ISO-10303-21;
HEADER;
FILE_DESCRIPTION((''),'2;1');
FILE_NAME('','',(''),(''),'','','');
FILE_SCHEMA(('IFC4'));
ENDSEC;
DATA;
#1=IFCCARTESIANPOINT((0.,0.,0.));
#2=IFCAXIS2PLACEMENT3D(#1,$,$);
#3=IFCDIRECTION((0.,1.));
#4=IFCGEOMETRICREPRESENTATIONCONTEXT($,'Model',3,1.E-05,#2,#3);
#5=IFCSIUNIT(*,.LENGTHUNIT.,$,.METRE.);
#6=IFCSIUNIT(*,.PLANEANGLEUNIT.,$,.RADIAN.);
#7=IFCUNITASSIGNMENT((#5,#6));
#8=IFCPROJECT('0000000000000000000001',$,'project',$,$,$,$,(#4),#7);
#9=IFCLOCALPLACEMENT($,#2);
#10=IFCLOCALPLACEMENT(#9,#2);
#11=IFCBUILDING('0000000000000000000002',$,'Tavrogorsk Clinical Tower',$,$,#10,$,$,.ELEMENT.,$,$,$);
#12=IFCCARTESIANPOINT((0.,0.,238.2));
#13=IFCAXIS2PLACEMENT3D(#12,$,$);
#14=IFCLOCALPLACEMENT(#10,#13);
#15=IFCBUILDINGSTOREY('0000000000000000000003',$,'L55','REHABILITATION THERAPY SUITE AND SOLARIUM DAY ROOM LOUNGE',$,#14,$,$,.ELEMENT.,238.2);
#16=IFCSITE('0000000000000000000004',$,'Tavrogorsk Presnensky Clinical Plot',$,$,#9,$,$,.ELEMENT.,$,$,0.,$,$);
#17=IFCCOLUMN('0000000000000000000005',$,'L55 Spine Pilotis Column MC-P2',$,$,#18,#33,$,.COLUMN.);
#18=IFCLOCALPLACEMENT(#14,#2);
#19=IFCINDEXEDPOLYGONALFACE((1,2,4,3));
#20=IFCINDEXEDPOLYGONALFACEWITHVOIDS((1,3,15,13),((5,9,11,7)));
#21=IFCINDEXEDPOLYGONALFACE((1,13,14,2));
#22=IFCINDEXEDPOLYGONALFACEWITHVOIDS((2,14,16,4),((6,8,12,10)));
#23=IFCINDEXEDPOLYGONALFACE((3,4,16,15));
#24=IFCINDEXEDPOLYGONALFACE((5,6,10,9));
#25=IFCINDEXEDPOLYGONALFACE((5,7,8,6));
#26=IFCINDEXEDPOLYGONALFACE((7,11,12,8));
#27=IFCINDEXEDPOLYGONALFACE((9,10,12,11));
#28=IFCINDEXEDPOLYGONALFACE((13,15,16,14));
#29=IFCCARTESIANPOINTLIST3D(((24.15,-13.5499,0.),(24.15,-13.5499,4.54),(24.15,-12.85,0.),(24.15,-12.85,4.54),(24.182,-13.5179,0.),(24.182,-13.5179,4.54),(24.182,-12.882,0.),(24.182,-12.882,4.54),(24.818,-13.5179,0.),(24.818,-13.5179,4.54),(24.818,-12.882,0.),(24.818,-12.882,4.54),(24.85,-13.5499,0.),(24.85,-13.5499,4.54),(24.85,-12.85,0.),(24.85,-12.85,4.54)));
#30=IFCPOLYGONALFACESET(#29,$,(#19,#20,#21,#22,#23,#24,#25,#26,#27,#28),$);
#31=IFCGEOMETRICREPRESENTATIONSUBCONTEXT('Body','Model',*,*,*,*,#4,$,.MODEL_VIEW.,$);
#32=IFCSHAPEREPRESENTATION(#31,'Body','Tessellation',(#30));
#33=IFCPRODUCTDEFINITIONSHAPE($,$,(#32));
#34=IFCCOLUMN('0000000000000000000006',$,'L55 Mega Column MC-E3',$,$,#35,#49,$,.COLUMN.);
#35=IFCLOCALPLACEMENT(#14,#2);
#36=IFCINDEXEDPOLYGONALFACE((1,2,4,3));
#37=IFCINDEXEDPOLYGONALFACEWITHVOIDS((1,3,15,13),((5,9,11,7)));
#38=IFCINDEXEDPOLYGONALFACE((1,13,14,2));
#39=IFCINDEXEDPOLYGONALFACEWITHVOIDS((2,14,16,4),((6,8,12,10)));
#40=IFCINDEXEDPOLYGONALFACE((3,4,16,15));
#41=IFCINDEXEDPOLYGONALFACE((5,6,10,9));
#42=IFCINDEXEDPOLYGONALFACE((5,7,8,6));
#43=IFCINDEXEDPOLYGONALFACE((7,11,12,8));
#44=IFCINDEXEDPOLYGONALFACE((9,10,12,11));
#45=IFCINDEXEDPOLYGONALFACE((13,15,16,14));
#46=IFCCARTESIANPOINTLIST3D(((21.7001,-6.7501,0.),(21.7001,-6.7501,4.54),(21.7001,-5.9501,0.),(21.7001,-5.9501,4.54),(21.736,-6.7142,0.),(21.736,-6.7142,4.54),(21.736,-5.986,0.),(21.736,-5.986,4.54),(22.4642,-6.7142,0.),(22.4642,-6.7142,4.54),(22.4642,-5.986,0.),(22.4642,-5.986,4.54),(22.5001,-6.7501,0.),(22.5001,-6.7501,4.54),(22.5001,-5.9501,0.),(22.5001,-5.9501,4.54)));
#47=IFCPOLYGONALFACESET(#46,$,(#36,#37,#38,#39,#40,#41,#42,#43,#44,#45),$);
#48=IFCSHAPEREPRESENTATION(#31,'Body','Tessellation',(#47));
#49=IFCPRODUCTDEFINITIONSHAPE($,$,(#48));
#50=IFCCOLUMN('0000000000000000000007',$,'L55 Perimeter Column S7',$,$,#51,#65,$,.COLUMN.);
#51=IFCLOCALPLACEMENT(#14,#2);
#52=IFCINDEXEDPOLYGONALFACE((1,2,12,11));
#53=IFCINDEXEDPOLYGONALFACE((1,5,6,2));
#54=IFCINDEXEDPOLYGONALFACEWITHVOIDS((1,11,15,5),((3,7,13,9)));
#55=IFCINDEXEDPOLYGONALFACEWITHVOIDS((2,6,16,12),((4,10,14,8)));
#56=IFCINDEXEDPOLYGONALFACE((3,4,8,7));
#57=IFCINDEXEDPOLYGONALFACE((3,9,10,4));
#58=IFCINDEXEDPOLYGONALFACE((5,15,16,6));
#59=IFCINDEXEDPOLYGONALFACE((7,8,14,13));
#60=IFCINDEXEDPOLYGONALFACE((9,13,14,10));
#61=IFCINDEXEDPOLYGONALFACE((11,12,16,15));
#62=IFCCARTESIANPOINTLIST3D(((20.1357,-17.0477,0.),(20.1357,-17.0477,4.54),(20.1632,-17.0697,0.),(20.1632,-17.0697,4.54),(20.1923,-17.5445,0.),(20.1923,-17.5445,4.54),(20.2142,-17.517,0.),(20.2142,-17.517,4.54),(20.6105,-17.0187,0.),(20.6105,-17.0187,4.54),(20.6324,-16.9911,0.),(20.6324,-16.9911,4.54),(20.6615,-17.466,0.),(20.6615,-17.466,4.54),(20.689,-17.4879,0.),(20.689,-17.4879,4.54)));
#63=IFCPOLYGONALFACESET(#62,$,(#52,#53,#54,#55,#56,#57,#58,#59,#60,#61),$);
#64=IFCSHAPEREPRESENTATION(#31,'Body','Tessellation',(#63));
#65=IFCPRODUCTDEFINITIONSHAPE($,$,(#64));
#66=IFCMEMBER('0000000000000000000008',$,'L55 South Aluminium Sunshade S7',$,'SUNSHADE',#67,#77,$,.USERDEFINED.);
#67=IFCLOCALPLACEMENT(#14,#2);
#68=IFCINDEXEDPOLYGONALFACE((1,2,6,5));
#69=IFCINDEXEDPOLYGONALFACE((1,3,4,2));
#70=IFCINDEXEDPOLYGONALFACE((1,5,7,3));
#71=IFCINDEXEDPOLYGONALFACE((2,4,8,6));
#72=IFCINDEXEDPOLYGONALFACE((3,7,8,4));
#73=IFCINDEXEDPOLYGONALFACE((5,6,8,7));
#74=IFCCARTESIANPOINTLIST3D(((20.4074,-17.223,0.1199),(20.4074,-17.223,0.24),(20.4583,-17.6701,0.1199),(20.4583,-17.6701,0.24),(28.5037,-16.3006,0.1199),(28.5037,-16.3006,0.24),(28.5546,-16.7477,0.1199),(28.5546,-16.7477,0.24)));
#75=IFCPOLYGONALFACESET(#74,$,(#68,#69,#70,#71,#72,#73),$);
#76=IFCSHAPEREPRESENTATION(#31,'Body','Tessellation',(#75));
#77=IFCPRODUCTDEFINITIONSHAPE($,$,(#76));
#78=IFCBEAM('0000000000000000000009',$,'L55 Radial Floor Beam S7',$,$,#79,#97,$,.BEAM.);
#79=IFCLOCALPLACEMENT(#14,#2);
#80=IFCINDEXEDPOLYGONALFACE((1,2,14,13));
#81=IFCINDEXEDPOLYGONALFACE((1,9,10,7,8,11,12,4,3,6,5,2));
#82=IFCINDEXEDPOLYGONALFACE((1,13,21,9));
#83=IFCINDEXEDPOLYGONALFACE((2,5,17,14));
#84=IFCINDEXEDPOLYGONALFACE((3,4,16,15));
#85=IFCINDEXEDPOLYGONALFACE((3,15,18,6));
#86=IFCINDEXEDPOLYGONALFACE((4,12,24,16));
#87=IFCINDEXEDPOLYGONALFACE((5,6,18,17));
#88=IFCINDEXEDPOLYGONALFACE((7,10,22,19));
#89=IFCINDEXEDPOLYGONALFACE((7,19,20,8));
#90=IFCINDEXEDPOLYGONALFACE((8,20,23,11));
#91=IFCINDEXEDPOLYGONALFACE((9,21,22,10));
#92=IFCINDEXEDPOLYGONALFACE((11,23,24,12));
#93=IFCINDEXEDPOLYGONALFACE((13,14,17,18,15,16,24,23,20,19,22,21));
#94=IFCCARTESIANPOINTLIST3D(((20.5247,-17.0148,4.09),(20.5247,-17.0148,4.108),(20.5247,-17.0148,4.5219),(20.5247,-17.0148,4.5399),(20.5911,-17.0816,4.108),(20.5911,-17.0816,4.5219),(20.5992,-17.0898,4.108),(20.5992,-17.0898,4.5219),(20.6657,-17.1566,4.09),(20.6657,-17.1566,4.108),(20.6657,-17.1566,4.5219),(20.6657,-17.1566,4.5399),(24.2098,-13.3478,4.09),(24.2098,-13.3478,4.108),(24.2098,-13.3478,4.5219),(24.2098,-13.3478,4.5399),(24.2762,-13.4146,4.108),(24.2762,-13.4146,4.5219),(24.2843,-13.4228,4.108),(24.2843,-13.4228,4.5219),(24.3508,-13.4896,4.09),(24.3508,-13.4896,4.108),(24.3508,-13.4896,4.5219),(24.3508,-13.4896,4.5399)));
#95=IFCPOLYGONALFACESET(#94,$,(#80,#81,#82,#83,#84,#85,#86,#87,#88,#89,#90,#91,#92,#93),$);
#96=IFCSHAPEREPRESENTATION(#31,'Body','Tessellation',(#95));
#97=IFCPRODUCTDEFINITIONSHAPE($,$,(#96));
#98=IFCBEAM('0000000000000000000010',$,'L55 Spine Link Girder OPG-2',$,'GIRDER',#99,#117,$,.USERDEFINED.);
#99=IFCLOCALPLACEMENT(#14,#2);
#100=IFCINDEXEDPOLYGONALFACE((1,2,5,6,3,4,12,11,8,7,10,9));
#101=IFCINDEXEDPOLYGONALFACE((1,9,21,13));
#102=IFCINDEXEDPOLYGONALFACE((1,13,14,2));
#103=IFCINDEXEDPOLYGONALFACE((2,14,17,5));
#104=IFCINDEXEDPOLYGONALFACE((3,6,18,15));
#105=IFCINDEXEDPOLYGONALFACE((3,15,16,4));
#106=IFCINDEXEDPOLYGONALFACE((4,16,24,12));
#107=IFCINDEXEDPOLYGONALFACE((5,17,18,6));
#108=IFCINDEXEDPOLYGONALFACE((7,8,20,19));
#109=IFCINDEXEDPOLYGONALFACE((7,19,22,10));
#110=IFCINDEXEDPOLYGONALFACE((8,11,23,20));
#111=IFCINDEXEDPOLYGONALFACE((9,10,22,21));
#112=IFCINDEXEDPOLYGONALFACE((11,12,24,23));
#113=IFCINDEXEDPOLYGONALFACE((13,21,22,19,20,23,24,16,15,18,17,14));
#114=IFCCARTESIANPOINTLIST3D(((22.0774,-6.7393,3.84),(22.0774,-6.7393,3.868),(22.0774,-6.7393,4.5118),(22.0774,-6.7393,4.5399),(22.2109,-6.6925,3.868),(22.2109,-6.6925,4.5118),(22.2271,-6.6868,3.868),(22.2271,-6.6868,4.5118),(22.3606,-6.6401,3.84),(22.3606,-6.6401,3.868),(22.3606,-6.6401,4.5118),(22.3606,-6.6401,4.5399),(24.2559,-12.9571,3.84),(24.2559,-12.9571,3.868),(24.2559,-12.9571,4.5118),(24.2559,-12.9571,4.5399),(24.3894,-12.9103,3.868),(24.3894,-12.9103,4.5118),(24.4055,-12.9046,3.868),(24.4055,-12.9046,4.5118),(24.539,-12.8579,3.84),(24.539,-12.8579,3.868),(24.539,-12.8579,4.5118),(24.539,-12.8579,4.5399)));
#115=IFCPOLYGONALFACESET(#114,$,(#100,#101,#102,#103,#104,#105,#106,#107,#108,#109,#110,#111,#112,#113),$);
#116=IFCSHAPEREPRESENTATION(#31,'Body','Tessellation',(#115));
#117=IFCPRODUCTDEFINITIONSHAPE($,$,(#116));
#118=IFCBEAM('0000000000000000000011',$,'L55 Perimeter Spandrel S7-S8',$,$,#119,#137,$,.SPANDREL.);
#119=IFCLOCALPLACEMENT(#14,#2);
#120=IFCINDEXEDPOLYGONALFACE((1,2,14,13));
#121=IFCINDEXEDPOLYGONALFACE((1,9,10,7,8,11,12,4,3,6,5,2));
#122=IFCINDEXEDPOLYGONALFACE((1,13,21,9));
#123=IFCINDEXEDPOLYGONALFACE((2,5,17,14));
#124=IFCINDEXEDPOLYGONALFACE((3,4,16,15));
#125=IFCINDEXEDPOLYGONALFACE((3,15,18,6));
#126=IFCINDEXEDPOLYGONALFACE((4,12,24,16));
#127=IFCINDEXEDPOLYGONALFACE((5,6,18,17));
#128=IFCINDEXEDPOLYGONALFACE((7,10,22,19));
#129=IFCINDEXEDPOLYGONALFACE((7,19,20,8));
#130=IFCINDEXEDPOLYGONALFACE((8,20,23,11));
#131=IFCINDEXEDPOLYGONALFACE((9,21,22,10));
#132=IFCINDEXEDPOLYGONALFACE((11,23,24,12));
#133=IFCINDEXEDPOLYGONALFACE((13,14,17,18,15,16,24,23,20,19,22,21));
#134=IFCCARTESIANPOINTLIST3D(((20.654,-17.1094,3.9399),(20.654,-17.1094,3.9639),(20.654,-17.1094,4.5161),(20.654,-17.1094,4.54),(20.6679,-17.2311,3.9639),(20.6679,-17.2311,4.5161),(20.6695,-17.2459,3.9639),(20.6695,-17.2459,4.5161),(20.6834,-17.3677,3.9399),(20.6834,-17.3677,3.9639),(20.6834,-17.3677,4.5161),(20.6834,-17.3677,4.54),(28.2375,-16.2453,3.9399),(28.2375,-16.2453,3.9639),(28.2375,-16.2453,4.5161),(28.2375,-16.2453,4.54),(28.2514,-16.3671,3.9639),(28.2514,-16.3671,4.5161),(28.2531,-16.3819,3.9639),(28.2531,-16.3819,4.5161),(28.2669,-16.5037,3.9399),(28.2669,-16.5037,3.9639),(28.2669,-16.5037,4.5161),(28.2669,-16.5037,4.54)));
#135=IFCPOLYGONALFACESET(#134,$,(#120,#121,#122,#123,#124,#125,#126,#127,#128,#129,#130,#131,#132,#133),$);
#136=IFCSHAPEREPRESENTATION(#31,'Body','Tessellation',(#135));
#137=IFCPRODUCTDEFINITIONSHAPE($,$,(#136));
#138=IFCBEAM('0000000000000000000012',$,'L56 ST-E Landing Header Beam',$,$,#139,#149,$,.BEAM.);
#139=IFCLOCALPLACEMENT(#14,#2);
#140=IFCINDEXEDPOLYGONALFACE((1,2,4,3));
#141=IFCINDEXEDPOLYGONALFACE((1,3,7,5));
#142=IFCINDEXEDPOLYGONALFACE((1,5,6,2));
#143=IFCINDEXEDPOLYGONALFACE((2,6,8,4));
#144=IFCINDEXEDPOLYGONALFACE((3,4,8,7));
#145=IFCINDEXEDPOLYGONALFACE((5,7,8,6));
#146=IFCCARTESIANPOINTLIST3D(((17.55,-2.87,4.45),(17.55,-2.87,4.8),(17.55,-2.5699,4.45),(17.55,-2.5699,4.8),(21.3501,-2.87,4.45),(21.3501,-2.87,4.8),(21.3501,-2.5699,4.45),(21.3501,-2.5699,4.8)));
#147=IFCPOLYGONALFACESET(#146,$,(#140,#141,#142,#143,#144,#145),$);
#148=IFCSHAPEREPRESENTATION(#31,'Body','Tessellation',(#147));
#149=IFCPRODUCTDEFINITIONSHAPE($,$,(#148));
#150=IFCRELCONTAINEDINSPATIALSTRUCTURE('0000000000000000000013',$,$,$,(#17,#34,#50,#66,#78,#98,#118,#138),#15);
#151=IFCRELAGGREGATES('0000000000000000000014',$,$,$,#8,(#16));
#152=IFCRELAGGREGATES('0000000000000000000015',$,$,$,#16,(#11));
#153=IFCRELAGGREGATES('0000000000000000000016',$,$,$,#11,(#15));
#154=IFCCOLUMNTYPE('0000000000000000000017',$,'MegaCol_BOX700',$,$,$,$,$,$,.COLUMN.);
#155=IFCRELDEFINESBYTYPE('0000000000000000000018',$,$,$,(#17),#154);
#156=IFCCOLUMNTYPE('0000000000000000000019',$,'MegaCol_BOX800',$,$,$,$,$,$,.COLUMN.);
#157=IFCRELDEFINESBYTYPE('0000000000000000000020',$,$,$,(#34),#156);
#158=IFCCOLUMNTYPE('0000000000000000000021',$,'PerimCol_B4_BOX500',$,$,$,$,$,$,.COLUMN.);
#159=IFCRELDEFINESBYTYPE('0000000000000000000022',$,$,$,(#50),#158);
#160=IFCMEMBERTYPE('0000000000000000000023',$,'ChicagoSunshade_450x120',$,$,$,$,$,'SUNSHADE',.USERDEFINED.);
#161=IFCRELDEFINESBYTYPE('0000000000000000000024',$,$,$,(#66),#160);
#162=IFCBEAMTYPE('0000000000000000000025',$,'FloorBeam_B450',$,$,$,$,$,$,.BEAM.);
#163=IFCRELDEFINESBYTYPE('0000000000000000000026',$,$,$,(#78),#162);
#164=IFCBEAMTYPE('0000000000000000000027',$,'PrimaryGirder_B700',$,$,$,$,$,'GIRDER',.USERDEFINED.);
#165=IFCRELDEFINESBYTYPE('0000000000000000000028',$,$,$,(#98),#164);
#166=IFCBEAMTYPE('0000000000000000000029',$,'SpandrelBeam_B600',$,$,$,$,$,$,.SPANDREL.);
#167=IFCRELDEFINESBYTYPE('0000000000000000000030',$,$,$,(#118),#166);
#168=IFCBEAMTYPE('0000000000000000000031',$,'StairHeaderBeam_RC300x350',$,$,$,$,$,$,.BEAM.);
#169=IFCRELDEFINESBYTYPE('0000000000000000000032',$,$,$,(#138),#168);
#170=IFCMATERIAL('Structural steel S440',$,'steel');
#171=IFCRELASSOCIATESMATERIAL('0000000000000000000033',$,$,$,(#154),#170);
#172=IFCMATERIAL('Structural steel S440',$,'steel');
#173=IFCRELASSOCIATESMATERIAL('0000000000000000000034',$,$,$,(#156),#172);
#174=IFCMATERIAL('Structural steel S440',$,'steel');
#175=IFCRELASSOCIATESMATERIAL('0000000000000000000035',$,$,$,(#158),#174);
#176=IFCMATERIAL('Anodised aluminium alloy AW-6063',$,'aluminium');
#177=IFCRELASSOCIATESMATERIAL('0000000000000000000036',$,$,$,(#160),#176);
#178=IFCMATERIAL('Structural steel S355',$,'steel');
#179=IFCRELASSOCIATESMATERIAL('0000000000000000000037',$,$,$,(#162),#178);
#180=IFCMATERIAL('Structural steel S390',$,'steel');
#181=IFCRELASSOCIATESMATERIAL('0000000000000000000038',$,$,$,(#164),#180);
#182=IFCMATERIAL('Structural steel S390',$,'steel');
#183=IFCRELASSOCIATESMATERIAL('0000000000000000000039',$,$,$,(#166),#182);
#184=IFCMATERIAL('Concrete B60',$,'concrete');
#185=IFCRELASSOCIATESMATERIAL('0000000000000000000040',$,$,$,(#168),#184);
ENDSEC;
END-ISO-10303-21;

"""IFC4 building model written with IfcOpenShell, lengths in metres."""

from ifc_helpers import new_model, si_unit, direction, frame, origin, origin_2d, place, context, subcontext, project, spatial, rectangle, hollow_rectangle, i_section, extrude, material, material_profile, profile_set, type_object, element, save


model = new_model("IFC4")

# Units and contexts
model_context = context("Model", 3, precision=1e-05, world=origin(), true_north=direction((0.0, 1.0)))
body_context = subcontext(model_context, "Body", "Model", "MODEL_VIEW")
ifc_project = project(units=[si_unit("LENGTHUNIT", "METRE"), si_unit("PLANEANGLEUNIT", "RADIAN")], contexts=[model_context])

# Site, building, storey
site_placement = place(None, origin())
site = spatial("IfcSite", under=ifc_project, at=site_placement, Name="Tavrogorsk Presnensky Clinical Plot", CompositionType="ELEMENT", RefElevation=0.0)
building_placement = place(site_placement, origin())
building = spatial("IfcBuilding", under=site, at=building_placement, Name="Tavrogorsk Clinical Tower", CompositionType="ELEMENT")
storey_placement = place(building_placement, frame((0.0, 0.0, 238.2)))
storey = spatial("IfcBuildingStorey", under=building, at=storey_placement, Name="L55", Description="REHABILITATION THERAPY SUITE AND SOLARIUM DAY ROOM LOUNGE", CompositionType="ELEMENT", Elevation=238.2)

# Columns
ifc_material_1 = material(Name="Structural steel S440", Category="steel")
ifc_material_profile_1 = material_profile(ifc_material_1, hollow_rectangle(XDim=0.7, YDim=0.7, WallThickness=0.032, at=origin_2d()), Name="BOX-700x700x32")
ifc_profile_set_1 = profile_set([ifc_material_profile_1], Name="Structural steel S440")
column_type_1 = type_object("IfcColumnType", Name="MegaCol_BOX700", PredefinedType="COLUMN", material=ifc_profile_set_1)
column_1_placement = place(storey_placement, frame((24.5, -13.2, 0.0), z_axis=(0.0, 0.0, 1.0), x_axis=(1.0, 0.0, 0.0)))
element("IfcColumn", 1, at=column_1_placement, inside=storey, type_object=column_type_1, Name="L55 Spine Pilotis Column MC-P2", PredefinedType="COLUMN", context=body_context, shape_type="SweptSolid", body=[
    extrude(hollow_rectangle(XDim=0.7, YDim=0.7, WallThickness=0.032, at=origin_2d()), origin(), (0.0, 0.0, 1.0), 4.54),
])
ifc_material_2 = material(Name="Structural steel S440", Category="steel")
ifc_material_profile_2 = material_profile(ifc_material_2, hollow_rectangle(XDim=0.8, YDim=0.8, WallThickness=0.0359, at=origin_2d()), Name="BOX-800x800x36")
ifc_profile_set_2 = profile_set([ifc_material_profile_2], Name="Structural steel S440")
column_type_2 = type_object("IfcColumnType", Name="MegaCol_BOX800", PredefinedType="COLUMN", material=ifc_profile_set_2)
column_2_placement = place(storey_placement, frame((22.1001, -6.3501, 0.0), z_axis=(0.0, 0.0, 1.0), x_axis=(1.0, 0.0, 0.0)))
element("IfcColumn", 2, at=column_2_placement, inside=storey, type_object=column_type_2, Name="L55 Mega Column MC-E3", PredefinedType="COLUMN", context=body_context, shape_type="SweptSolid", body=[
    extrude(hollow_rectangle(XDim=0.8, YDim=0.8, WallThickness=0.0359, at=origin_2d()), origin(), (0.0, 0.0, 1.0), 4.54),
])
ifc_material_3 = material(Name="Structural steel S440", Category="steel")
ifc_material_profile_3 = material_profile(ifc_material_3, hollow_rectangle(XDim=0.5, YDim=0.5, WallThickness=0.0249, at=origin_2d()), Name="BOX-500x500x25")
ifc_profile_set_3 = profile_set([ifc_material_profile_3], Name="Structural steel S440")
column_type_3 = type_object("IfcColumnType", Name="PerimCol_B4_BOX500", PredefinedType="COLUMN", material=ifc_profile_set_3)
column_3_placement = place(storey_placement, frame((20.4124, -17.2678, 0.0), z_axis=(0.0, 0.0, 1.0), x_axis=(0.993572, 0.113203, 0.0)))
element("IfcColumn", 3, at=column_3_placement, inside=storey, type_object=column_type_3, Name="L55 Perimeter Column S7", PredefinedType="COLUMN", context=body_context, shape_type="SweptSolid", body=[
    extrude(hollow_rectangle(XDim=0.5, YDim=0.5, WallThickness=0.0249, at=origin_2d()), origin(), (0.0, 0.0, 1.0), 4.54),
])

# Member
ifc_material_4 = material(Name="Anodised aluminium alloy AW-6063", Category="aluminium")
ifc_material_profile_4 = material_profile(ifc_material_4, rectangle(XDim=0.45, YDim=0.1201, at=origin_2d()), Name="ALU-SUNSHADE-450x120")
ifc_profile_set_4 = profile_set([ifc_material_profile_4], Name="Anodised aluminium alloy AW-6063")
member_type = type_object("IfcMemberType", Name="ChicagoSunshade_450x120", ElementType="SUNSHADE", PredefinedType="USERDEFINED", material=ifc_profile_set_4)
member_placement = place(storey_placement, frame((20.4329, -17.4465, 0.1799), z_axis=(0.993573, 0.113193, 0.0), x_axis=(-0.113193, 0.993573, 0.0)))
element("IfcMember", 4, at=member_placement, inside=storey, type_object=member_type, Name="L55 South Aluminium Sunshade S7", ObjectType="SUNSHADE", PredefinedType="USERDEFINED", context=body_context, shape_type="SweptSolid", body=[
    extrude(rectangle(XDim=0.45, YDim=0.1201, at=origin_2d()), origin(), (0.0, 0.0, 1.0), 8.1487),
])

# Beams
ifc_material_5 = material(Name="Structural steel S355", Category="steel")
ifc_material_profile_5 = material_profile(ifc_material_5, i_section(OverallWidth=0.2, OverallDepth=0.45, WebThickness=0.0115, FlangeThickness=0.0181, at=origin_2d()), Name="B-450x200x11.5x18")
ifc_profile_set_5 = profile_set([ifc_material_profile_5], Name="Structural steel S355")
beam_type_1 = type_object("IfcBeamType", Name="FloorBeam_B450", PredefinedType="BEAM", material=ifc_profile_set_5)
beam_1_placement = place(storey_placement, frame((24.2803, -13.4187, 4.3149), z_axis=(-0.708842, -0.705367, 0.0), x_axis=(0.705367, -0.708842, 0.0)))
element("IfcBeam", 5, at=beam_1_placement, inside=storey, type_object=beam_type_1, Name="L55 Radial Floor Beam S7", PredefinedType="BEAM", context=body_context, shape_type="SweptSolid", body=[
    extrude(i_section(OverallWidth=0.2, OverallDepth=0.45, WebThickness=0.0115, FlangeThickness=0.0181, at=origin_2d()), origin(), (0.0, 0.0, 1.0), 5.1987),
])
ifc_material_6 = material(Name="Structural steel S390", Category="steel")
ifc_material_profile_6 = material_profile(ifc_material_6, i_section(OverallWidth=0.3, OverallDepth=0.7, WebThickness=0.0171, FlangeThickness=0.0281, at=origin_2d()), Name="B-700x300x17x28")
ifc_profile_set_6 = profile_set([ifc_material_profile_6], Name="Structural steel S390")
beam_type_2 = type_object("IfcBeamType", Name="PrimaryGirder_B700", ElementType="GIRDER", PredefinedType="USERDEFINED", material=ifc_profile_set_6)
beam_2_placement = place(storey_placement, frame((24.3975, -12.9075, 4.1899), z_axis=(-0.330654, 0.943752, 0.0), x_axis=(-0.943752, -0.330654, 0.0)))
element("IfcBeam", 6, at=beam_2_placement, inside=storey, type_object=beam_type_2, Name="L55 Spine Link Girder OPG-2", ObjectType="GIRDER", PredefinedType="USERDEFINED", context=body_context, shape_type="SweptSolid", body=[
    extrude(i_section(OverallWidth=0.3, OverallDepth=0.7, WebThickness=0.0171, FlangeThickness=0.0281, at=origin_2d()), origin(), (0.0, 0.0, 1.0), 6.5884),
])
ifc_material_7 = material(Name="Structural steel S390", Category="steel")
ifc_material_profile_7 = material_profile(ifc_material_7, i_section(OverallWidth=0.26, OverallDepth=0.6001, WebThickness=0.0149, FlangeThickness=0.0239, at=origin_2d()), Name="B-600x260x15x24")
ifc_profile_set_7 = profile_set([ifc_material_profile_7], Name="Structural steel S390")
beam_type_3 = type_object("IfcBeamType", Name="SpandrelBeam_B600", PredefinedType="SPANDREL", material=ifc_profile_set_7)
beam_3_placement = place(storey_placement, frame((20.6687, -17.2385, 4.24), z_axis=(0.993572, 0.113201, 0.0), x_axis=(-0.113201, 0.993572, 0.0)))
element("IfcBeam", 7, at=beam_3_placement, inside=storey, type_object=beam_type_3, Name="L55 Perimeter Spandrel S7-S8", PredefinedType="SPANDREL", context=body_context, shape_type="SweptSolid", body=[
    extrude(i_section(OverallWidth=0.26, OverallDepth=0.6001, WebThickness=0.0149, FlangeThickness=0.0239, at=origin_2d()), origin(), (0.0, 0.0, 1.0), 7.6326),
])
ifc_material_8 = material(Name="Concrete B60", Category="concrete")
ifc_material_profile_8 = material_profile(ifc_material_8, rectangle(XDim=0.3, YDim=0.3501, at=origin_2d()), Name="RC-SHB-300x350")
ifc_profile_set_8 = profile_set([ifc_material_profile_8], Name="Concrete B60")
beam_type_4 = type_object("IfcBeamType", Name="StairHeaderBeam_RC300x350", PredefinedType="BEAM", material=ifc_profile_set_8)
beam_4_placement = place(storey_placement, frame((17.55, -2.72, 4.625), z_axis=(1.0, 0.0, 0.0), x_axis=(0.0, 1.0, 0.0)))
element("IfcBeam", 8, at=beam_4_placement, inside=storey, type_object=beam_type_4, Name="L56 ST-E Landing Header Beam", PredefinedType="BEAM", context=body_context, shape_type="SweptSolid", body=[
    extrude(rectangle(XDim=0.3, YDim=0.3501, at=origin_2d()), origin(), (0.0, 0.0, 1.0), 3.8),
])

save(model, "model.ifc")
